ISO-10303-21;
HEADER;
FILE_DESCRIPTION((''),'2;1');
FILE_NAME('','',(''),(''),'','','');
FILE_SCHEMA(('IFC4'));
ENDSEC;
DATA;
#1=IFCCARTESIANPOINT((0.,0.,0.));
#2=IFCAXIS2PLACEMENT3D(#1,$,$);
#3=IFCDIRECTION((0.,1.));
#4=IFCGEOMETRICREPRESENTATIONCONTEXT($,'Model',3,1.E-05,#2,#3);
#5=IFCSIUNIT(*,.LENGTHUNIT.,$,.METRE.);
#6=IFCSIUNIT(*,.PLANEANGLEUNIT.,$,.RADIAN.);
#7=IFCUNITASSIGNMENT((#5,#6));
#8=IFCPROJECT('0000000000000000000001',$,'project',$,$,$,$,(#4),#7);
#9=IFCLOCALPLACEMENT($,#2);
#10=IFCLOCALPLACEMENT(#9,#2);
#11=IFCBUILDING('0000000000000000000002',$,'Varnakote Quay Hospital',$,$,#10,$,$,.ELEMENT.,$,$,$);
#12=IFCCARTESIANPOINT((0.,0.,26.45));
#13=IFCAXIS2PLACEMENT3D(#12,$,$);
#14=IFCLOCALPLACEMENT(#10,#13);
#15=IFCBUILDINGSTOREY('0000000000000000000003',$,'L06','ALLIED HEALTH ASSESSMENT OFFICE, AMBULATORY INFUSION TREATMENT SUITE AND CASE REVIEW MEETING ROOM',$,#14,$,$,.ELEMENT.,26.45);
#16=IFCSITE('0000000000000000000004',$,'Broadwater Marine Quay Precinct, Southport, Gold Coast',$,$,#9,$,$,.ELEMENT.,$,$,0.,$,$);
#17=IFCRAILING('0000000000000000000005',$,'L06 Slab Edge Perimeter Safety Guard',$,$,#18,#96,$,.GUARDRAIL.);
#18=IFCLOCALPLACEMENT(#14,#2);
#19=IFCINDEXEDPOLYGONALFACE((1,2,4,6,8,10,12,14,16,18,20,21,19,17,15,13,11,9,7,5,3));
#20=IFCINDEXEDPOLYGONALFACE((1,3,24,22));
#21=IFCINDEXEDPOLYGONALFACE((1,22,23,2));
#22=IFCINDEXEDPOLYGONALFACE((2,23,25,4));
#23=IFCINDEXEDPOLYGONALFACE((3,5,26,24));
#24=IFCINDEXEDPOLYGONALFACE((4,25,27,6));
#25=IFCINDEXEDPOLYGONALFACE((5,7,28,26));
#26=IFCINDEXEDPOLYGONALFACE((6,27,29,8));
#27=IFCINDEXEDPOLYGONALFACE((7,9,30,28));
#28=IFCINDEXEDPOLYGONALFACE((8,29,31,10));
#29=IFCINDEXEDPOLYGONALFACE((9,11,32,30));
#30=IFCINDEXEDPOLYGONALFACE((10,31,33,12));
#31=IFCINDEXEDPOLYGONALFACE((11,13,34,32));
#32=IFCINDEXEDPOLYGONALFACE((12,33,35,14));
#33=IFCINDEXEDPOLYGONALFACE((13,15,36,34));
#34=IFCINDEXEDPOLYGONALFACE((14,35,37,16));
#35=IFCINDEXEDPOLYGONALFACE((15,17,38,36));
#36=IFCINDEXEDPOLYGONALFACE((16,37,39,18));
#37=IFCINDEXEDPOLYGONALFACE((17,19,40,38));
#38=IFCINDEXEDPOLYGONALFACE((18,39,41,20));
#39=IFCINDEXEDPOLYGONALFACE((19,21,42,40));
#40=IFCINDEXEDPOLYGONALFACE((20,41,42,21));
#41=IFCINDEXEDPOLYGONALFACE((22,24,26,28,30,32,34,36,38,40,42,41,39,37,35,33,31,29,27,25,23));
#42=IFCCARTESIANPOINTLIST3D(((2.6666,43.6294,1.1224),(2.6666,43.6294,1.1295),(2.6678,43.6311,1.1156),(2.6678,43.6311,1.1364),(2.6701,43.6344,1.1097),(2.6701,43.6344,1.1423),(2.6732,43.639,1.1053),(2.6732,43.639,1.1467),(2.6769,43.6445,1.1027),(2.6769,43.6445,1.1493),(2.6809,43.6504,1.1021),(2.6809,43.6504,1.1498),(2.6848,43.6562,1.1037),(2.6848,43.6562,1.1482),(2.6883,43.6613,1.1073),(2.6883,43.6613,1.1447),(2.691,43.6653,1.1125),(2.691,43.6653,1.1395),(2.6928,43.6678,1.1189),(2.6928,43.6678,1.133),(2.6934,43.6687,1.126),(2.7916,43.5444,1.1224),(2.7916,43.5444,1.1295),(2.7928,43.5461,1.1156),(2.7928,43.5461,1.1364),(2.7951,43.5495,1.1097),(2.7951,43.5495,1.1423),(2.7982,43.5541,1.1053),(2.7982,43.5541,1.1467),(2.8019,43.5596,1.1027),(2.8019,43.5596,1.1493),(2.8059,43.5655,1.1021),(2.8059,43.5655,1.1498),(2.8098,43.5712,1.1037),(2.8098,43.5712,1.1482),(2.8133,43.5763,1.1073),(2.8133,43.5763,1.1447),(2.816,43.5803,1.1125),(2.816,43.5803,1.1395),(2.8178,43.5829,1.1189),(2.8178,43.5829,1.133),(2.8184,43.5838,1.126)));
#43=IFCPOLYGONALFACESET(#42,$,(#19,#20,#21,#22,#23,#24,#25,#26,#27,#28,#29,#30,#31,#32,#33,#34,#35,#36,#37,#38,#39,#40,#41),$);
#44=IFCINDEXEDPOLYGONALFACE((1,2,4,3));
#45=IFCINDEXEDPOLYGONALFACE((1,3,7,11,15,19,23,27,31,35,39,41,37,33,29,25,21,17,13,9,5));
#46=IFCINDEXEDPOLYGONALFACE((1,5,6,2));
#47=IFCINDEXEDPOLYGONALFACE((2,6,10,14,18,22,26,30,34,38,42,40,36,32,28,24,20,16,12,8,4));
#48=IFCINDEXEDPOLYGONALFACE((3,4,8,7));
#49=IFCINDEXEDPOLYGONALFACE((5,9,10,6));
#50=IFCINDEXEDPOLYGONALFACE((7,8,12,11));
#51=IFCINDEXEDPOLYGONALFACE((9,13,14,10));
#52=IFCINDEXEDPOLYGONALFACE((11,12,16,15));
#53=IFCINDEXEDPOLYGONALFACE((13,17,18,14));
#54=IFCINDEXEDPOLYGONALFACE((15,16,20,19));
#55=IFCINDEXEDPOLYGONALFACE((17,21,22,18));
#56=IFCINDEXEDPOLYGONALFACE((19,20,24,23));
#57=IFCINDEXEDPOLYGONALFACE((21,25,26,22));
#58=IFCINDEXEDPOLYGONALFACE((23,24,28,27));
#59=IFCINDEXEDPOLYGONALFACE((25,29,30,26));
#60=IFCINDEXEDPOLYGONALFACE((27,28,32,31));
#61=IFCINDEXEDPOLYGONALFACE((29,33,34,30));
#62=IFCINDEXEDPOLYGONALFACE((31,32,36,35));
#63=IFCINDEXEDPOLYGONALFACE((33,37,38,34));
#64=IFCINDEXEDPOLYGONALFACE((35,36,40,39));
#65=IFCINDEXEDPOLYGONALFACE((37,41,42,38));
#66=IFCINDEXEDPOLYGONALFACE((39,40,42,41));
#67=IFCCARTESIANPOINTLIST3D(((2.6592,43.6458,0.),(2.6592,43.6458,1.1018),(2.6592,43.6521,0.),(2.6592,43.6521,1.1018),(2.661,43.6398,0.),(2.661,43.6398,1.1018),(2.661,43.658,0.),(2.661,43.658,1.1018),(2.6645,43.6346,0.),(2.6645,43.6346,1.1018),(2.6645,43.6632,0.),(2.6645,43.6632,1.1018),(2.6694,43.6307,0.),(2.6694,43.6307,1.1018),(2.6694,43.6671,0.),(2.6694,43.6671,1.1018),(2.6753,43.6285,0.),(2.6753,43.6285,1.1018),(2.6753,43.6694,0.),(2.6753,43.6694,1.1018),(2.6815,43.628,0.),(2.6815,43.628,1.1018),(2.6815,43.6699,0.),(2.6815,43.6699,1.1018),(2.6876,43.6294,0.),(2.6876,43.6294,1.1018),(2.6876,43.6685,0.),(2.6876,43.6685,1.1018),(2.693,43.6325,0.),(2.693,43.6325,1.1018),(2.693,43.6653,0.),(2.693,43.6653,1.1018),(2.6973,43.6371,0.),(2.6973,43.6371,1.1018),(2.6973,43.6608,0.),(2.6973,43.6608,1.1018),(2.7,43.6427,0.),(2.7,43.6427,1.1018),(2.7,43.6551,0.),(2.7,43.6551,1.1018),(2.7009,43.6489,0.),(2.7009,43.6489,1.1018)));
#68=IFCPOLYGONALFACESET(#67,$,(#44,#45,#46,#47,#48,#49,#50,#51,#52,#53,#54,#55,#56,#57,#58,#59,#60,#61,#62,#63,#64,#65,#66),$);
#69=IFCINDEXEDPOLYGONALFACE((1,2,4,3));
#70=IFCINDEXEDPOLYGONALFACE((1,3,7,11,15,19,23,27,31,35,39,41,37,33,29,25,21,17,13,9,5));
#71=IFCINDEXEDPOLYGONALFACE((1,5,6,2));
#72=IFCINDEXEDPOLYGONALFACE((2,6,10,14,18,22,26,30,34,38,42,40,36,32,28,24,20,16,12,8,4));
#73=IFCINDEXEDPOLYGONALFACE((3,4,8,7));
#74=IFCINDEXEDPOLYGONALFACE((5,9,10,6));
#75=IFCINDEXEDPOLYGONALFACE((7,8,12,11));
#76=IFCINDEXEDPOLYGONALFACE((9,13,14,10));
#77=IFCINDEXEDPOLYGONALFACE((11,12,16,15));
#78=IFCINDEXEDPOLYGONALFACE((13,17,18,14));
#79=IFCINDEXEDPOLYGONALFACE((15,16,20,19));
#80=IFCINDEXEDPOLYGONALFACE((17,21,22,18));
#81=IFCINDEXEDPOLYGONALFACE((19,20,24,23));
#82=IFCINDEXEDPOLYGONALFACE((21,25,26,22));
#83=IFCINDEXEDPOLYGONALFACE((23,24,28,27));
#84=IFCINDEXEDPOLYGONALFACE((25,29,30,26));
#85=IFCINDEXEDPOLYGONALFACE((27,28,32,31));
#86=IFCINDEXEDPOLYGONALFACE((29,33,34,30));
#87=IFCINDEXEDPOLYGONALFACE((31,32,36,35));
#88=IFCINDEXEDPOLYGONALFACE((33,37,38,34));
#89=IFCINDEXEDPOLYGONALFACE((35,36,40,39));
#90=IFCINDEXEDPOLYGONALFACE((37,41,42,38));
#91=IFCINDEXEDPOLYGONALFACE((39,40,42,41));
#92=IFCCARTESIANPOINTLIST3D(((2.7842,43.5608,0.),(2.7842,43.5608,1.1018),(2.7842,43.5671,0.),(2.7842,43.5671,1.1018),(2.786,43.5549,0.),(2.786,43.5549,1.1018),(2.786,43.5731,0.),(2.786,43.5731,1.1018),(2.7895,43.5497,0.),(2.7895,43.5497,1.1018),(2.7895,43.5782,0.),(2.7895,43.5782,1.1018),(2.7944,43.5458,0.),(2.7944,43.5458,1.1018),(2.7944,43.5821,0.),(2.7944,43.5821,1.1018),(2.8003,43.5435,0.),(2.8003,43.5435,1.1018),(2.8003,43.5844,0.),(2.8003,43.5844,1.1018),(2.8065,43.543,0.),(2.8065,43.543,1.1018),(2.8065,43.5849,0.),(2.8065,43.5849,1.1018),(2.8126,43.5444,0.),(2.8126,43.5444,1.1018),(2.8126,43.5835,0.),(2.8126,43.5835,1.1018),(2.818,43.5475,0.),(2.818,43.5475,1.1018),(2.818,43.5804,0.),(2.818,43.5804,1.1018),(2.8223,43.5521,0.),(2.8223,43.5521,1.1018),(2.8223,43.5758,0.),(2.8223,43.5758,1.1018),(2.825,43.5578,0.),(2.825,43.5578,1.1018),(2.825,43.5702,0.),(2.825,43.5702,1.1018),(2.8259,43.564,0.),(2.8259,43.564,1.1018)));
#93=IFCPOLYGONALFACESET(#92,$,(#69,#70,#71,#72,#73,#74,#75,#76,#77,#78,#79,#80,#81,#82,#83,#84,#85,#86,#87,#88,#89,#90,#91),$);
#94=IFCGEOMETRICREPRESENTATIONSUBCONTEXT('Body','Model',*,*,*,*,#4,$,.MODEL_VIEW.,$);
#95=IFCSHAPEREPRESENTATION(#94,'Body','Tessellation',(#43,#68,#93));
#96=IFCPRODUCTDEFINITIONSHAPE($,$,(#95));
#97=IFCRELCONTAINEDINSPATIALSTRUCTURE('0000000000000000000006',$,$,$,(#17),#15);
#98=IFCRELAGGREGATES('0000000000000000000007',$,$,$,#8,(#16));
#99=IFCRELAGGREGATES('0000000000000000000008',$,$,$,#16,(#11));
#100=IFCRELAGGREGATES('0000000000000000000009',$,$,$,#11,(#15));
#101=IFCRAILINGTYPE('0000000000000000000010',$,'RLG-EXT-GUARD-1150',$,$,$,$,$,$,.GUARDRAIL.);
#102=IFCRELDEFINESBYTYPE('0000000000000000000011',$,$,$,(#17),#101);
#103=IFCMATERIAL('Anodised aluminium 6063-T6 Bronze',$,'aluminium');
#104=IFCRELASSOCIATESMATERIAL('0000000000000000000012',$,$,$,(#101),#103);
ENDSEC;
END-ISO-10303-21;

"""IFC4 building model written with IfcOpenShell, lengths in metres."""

from ifc_helpers import new_model, si_unit, direction, frame, origin, origin_2d, place, context, subcontext, project, spatial, circle, extrude, material, type_object, element, save


model = new_model("IFC4")

# Units and contexts
model_context = context("Model", 3, precision=1e-05, world=origin(), true_north=direction((0.0, 1.0)))
body_context = subcontext(model_context, "Body", "Model", "MODEL_VIEW")
ifc_project = project(units=[si_unit("LENGTHUNIT", "METRE"), si_unit("PLANEANGLEUNIT", "RADIAN")], contexts=[model_context])

# Site, building, storey
site_placement = place(None, origin())
site = spatial("IfcSite", under=ifc_project, at=site_placement, Name="Broadwater Marine Quay Precinct, Southport, Gold Coast", CompositionType="ELEMENT", RefElevation=0.0)
building_placement = place(site_placement, origin())
building = spatial("IfcBuilding", under=site, at=building_placement, Name="Varnakote Quay Hospital", CompositionType="ELEMENT")
storey_placement = place(building_placement, frame((0.0, 0.0, 26.45)))
storey = spatial("IfcBuildingStorey", under=building, at=storey_placement, Name="L06", Description="ALLIED HEALTH ASSESSMENT OFFICE, AMBULATORY INFUSION TREATMENT SUITE AND CASE REVIEW MEETING ROOM", CompositionType="ELEMENT", Elevation=26.45)

# Railing
ifc_material_1 = material(Name="Anodised aluminium 6063-T6 Bronze", Category="aluminium")
railing_type = type_object("IfcRailingType", Name="RLG-EXT-GUARD-1150", PredefinedType="GUARDRAIL", material=ifc_material_1)
railing_1_placement = place(storey_placement, frame((2.6799, 43.6489, 0.0)))
element("IfcRailing", 1, at=railing_1_placement, inside=storey, type_object=railing_type, Name="L06 Slab Edge Perimeter Safety Guard", PredefinedType="GUARDRAIL", context=body_context, shape_type="SweptSolid", body=[
    extrude(circle(Radius=0.0239, at=origin_2d()), frame((0.0, 0.0, 1.126), z_axis=(0.827047, -0.562133, 0.0), x_axis=(0.562133, 0.827047, 0.0)), (0.0, 0.0, 1.0), 0.1511),
    extrude(circle(Radius=0.021, at=origin_2d()), origin(), (0.0, 0.0, 1.0), 1.1018),
    extrude(circle(Radius=0.021, at=origin_2d()), frame((0.125, -0.085, 0.0)), (0.0, 0.0, 1.0), 1.1018),
])

save(model, "model.ifc")
